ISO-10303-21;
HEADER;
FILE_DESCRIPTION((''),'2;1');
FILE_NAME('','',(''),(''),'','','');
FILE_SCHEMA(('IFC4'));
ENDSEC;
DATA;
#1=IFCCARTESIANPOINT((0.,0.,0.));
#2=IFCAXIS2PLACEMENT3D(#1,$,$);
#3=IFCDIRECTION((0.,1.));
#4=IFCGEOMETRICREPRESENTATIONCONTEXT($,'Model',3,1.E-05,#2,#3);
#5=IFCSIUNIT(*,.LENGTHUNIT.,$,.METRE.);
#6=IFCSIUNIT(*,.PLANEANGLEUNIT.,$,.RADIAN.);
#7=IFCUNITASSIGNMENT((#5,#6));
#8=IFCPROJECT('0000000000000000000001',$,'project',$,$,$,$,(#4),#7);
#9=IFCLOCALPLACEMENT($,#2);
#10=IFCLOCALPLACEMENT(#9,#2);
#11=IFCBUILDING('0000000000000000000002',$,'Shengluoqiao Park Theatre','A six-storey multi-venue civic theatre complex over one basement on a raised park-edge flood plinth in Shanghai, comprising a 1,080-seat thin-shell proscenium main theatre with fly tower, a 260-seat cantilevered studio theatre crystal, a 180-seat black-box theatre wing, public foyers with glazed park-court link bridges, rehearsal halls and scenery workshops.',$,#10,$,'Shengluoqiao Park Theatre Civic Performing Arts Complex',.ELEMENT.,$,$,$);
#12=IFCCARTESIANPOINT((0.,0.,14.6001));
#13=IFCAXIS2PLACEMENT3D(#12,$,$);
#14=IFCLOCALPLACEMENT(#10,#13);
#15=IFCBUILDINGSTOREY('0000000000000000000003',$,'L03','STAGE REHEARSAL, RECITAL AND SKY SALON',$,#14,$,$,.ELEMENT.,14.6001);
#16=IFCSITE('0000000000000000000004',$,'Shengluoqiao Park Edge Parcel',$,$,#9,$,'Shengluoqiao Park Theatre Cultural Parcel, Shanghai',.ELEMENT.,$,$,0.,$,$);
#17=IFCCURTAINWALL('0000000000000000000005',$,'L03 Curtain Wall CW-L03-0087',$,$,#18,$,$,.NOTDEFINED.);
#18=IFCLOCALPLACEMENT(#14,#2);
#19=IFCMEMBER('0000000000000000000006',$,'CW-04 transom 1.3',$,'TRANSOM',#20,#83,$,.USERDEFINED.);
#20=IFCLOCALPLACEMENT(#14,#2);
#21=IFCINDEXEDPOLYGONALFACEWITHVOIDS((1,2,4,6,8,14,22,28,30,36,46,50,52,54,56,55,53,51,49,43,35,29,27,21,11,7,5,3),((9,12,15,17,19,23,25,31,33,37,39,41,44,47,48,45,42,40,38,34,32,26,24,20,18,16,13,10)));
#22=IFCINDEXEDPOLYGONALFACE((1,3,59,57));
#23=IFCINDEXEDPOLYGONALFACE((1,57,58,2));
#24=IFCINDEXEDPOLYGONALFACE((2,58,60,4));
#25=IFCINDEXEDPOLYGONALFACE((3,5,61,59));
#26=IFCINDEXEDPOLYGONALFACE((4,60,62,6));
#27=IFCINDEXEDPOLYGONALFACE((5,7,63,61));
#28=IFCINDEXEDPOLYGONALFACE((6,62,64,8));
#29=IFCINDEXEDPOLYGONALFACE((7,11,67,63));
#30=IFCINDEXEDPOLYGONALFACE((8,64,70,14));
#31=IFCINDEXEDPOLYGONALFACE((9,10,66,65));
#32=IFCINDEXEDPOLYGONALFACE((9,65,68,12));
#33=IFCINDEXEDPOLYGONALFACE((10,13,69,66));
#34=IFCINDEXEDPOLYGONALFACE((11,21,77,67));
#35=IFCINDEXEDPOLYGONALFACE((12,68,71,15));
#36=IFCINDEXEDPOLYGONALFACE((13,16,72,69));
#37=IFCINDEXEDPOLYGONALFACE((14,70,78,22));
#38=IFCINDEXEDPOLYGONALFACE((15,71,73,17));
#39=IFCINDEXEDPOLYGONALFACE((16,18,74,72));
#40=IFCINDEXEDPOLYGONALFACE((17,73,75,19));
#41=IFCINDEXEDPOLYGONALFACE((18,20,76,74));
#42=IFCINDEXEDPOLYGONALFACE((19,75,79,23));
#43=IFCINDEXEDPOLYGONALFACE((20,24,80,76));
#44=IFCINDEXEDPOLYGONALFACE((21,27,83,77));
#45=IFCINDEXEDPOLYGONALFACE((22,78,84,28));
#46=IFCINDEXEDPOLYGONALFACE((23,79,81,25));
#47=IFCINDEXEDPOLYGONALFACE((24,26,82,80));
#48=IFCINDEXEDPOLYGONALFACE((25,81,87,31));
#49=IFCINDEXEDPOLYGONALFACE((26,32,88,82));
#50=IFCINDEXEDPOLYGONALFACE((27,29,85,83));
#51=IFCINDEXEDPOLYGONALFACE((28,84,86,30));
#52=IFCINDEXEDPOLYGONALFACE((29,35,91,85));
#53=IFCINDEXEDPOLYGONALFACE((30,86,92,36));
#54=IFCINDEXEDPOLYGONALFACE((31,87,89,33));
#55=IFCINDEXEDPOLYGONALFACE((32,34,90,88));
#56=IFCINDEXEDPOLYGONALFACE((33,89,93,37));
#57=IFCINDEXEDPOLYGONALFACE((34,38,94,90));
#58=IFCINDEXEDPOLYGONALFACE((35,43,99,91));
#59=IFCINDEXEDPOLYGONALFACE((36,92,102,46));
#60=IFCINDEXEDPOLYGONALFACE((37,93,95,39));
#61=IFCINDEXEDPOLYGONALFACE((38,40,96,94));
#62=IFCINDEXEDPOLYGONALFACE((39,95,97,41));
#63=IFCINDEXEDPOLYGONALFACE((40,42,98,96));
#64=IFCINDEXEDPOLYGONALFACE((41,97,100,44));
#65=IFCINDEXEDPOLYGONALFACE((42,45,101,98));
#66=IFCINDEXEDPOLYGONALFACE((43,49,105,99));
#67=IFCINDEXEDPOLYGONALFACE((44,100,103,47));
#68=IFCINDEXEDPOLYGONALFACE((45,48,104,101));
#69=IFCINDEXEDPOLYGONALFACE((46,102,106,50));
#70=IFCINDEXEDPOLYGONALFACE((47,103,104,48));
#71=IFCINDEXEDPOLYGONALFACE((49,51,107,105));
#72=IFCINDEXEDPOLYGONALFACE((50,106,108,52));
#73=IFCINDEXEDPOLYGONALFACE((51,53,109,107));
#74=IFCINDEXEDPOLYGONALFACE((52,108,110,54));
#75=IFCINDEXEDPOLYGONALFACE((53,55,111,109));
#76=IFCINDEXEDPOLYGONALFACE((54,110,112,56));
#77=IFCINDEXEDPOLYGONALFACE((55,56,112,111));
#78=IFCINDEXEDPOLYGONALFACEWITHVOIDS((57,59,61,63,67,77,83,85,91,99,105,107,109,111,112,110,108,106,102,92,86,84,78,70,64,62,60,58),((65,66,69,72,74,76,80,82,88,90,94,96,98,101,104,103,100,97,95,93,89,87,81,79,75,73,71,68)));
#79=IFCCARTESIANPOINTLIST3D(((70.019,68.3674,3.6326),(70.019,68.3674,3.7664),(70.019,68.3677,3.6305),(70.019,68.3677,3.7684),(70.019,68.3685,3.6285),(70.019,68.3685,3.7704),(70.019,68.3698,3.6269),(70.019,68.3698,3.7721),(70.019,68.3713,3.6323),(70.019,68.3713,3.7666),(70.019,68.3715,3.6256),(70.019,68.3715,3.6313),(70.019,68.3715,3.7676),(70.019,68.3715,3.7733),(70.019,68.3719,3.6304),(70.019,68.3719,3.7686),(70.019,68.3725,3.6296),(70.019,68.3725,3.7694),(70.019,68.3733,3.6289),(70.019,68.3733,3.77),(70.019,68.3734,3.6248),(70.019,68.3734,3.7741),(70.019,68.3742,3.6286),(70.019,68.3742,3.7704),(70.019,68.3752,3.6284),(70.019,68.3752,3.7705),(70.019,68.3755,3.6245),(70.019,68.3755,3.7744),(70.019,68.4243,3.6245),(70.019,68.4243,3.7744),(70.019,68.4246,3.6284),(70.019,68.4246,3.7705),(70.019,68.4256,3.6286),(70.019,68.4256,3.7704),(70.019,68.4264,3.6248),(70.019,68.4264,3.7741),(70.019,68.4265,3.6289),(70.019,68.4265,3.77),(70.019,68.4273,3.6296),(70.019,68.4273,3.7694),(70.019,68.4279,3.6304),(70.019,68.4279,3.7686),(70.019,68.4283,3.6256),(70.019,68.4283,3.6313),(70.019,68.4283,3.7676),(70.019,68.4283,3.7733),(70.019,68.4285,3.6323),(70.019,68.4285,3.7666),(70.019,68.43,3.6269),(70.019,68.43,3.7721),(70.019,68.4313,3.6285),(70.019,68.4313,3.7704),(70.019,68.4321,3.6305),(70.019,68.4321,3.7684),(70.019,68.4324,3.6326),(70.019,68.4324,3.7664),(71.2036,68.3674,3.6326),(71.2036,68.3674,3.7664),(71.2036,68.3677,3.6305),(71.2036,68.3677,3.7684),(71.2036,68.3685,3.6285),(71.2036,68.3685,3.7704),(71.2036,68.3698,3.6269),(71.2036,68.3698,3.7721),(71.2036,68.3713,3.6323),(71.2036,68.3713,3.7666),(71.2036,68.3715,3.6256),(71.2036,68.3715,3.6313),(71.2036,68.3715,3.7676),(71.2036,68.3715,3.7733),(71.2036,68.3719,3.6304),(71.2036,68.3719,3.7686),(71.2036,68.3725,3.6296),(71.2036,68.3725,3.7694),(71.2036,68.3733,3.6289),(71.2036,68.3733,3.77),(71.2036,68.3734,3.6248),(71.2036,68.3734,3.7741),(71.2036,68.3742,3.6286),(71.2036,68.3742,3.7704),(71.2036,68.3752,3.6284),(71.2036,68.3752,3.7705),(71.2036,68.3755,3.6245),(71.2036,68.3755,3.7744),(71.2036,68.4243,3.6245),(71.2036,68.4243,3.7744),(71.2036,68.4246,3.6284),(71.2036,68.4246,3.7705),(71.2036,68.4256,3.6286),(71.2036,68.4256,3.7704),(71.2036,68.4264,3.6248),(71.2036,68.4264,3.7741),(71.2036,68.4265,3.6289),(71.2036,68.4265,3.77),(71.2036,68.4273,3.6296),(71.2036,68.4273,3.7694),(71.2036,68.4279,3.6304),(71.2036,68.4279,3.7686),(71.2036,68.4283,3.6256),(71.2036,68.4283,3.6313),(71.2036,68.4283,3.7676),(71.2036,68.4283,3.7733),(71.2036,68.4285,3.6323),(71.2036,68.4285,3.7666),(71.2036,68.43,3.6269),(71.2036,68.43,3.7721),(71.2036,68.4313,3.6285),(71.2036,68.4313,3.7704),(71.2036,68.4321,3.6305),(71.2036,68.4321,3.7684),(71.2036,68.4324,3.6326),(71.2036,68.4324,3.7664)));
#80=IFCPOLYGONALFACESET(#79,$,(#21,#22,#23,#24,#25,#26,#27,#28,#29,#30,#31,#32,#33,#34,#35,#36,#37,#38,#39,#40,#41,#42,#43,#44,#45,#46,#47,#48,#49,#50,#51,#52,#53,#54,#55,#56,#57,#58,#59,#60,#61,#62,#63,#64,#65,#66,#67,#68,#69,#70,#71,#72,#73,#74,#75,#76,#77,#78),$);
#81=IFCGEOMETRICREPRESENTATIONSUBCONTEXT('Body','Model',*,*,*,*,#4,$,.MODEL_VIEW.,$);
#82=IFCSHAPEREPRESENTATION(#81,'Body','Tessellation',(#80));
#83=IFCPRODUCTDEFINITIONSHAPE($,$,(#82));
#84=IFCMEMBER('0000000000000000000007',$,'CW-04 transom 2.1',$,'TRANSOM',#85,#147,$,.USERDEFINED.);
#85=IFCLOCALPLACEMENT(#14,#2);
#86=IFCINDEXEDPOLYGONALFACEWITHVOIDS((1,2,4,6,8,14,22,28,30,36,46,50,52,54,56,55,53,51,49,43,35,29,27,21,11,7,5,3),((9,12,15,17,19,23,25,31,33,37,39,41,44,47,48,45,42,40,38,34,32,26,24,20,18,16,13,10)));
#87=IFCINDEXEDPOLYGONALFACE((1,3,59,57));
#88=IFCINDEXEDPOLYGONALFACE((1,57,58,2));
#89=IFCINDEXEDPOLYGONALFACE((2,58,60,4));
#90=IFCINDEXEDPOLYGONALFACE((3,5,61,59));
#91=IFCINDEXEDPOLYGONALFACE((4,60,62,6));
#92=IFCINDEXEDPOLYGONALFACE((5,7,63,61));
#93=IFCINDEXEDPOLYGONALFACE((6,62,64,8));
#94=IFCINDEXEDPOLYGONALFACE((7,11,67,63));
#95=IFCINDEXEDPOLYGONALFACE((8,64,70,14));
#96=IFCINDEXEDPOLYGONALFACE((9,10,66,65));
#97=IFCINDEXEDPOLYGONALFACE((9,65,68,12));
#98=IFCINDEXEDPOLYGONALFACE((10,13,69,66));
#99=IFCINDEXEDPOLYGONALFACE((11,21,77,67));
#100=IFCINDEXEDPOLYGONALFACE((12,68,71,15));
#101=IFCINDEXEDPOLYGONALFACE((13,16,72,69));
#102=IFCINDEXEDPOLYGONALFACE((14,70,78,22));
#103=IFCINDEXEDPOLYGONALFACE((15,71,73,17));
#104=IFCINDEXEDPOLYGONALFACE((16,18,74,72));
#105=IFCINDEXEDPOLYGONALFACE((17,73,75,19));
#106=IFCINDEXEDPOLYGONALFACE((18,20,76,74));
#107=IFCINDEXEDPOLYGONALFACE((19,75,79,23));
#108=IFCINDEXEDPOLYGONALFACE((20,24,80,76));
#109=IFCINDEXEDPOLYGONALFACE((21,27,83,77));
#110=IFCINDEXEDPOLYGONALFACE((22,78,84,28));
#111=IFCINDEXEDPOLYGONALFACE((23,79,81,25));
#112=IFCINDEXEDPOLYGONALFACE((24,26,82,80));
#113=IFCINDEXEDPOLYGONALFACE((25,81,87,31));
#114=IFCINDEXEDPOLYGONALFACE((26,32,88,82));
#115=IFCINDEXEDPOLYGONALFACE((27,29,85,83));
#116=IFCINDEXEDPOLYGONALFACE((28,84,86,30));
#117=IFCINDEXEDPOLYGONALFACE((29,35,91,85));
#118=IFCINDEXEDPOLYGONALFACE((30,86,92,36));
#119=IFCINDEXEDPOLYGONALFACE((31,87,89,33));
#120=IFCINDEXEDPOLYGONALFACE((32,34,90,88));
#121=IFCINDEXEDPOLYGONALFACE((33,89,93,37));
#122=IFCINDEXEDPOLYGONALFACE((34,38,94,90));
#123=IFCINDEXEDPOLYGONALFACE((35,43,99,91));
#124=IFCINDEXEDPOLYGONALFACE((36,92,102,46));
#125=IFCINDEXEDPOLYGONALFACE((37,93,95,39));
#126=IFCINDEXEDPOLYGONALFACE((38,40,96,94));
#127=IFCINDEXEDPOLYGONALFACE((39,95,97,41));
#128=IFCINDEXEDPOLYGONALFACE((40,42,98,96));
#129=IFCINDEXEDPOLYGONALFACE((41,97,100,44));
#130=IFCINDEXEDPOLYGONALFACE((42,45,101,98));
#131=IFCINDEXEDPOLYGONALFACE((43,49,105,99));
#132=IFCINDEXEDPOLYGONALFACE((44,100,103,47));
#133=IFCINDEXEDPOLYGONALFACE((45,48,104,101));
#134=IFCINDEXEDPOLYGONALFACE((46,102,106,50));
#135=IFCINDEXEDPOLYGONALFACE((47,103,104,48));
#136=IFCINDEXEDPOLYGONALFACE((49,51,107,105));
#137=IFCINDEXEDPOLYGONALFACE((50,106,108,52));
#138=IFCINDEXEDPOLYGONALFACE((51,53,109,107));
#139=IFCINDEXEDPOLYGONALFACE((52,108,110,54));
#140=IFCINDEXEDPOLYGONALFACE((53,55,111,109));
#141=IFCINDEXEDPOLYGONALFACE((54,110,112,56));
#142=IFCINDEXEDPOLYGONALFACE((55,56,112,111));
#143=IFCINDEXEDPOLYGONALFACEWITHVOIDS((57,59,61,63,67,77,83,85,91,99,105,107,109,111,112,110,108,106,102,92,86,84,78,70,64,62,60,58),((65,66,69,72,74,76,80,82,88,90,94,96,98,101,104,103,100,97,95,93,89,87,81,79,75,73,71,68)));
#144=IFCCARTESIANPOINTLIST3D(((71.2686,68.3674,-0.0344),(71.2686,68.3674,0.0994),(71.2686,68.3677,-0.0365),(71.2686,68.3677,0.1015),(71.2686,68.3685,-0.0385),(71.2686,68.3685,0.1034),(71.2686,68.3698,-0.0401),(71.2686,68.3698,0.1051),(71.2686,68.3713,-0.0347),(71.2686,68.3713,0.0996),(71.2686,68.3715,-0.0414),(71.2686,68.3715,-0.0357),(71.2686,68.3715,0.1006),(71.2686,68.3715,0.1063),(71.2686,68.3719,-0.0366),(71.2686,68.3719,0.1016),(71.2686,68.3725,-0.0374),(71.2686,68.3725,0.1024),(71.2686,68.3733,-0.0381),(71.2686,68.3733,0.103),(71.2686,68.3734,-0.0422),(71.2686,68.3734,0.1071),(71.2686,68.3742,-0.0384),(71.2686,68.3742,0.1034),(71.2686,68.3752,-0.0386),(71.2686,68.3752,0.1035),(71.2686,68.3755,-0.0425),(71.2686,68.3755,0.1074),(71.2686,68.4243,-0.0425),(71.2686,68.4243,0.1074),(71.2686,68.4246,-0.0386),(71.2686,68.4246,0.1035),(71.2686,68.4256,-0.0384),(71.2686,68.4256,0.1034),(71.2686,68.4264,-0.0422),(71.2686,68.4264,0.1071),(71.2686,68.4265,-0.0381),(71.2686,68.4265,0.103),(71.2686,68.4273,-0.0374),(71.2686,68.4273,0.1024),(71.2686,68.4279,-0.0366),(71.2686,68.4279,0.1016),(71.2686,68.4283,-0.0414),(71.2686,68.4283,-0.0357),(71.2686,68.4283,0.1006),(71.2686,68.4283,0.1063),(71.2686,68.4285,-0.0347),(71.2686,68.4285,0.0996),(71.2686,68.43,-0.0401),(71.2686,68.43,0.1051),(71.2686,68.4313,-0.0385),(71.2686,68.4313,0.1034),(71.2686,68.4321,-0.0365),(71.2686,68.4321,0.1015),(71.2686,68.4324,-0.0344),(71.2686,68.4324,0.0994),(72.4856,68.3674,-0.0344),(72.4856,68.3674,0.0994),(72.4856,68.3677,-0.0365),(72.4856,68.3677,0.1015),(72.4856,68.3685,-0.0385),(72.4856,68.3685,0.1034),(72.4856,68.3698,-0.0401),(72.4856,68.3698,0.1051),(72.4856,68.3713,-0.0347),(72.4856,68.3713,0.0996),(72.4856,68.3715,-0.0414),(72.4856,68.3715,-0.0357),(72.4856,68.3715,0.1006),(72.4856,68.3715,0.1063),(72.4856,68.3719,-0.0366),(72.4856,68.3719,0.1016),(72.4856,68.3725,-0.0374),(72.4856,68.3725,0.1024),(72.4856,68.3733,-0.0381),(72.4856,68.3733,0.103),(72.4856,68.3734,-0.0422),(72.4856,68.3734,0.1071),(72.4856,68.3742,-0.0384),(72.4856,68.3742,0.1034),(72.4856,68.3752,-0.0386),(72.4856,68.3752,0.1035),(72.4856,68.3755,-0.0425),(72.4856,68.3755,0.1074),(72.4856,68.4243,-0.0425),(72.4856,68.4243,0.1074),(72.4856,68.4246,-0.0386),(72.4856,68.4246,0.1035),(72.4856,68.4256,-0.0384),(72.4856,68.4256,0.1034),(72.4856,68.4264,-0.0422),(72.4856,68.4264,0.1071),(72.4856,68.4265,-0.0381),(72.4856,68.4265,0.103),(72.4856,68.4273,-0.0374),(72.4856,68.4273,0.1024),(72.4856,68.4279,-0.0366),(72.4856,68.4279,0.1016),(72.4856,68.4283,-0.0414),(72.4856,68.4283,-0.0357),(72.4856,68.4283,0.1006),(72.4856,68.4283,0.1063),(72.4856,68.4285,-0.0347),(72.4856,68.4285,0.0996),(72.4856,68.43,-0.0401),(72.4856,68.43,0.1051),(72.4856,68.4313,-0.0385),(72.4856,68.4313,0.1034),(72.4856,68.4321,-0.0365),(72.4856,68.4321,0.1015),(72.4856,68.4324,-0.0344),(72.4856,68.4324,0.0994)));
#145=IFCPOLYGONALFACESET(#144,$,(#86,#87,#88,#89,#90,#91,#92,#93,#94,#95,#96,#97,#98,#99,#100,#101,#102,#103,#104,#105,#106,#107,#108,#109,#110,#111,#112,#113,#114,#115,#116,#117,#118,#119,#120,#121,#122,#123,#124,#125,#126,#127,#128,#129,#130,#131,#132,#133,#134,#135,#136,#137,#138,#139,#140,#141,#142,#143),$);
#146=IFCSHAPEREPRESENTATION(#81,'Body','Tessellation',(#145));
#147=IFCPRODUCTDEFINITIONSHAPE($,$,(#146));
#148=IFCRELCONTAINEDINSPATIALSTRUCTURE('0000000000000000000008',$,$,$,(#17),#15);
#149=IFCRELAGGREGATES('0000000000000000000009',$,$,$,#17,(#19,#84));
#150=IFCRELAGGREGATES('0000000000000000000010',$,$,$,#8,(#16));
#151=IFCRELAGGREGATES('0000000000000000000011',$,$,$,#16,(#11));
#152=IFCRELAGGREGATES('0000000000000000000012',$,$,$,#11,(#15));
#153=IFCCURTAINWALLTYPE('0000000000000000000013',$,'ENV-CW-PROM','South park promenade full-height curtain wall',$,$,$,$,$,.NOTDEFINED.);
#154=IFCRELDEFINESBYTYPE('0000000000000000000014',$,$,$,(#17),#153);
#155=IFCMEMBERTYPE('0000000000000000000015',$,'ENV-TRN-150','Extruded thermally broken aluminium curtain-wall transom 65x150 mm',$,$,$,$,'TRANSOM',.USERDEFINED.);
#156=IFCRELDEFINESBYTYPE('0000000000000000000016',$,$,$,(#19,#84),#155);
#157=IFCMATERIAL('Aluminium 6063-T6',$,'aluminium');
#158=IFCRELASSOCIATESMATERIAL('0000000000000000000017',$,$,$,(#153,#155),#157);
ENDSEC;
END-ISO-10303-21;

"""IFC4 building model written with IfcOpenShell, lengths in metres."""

from ifc_helpers import new_model, si_unit, direction, frame, origin, origin_2d, place, context, subcontext, project, spatial, hollow_rectangle, extrude, material, material_profile, profile_set, type_object, element, aggregate, save


model = new_model("IFC4")

# Units and contexts
model_context = context("Model", 3, precision=1e-05, world=origin(), true_north=direction((0.0, 1.0)))
body_context = subcontext(model_context, "Body", "Model", "MODEL_VIEW")
ifc_project = project(units=[si_unit("LENGTHUNIT", "METRE"), si_unit("PLANEANGLEUNIT", "RADIAN")], contexts=[model_context])

# Site, building, storey
site_placement = place(None, origin())
site = spatial("IfcSite", under=ifc_project, at=site_placement, Name="Shengluoqiao Park Edge Parcel", LongName="Shengluoqiao Park Theatre Cultural Parcel, Shanghai", CompositionType="ELEMENT", RefElevation=0.0)
building_placement = place(site_placement, origin())
building = spatial("IfcBuilding", under=site, at=building_placement, Name="Shengluoqiao Park Theatre", Description="A six-storey multi-venue civic theatre complex over one basement on a raised park-edge flood plinth in Shanghai, comprising a 1,080-seat thin-shell proscenium main theatre with fly tower, a 260-seat cantilevered studio theatre crystal, a 180-seat black-box theatre wing, public foyers with glazed park-court link bridges, rehearsal halls and scenery workshops.", LongName="Shengluoqiao Park Theatre Civic Performing Arts Complex", CompositionType="ELEMENT")
storey_placement = place(building_placement, frame((0.0, 0.0, 14.6001)))
storey = spatial("IfcBuildingStorey", under=building, at=storey_placement, Name="L03", Description="STAGE REHEARSAL, RECITAL AND SKY SALON", CompositionType="ELEMENT", Elevation=14.6001)

# Curtain wall
ifc_material_1 = material(Name="Aluminium 6063-T6", Category="aluminium")
curtain_wall_type = type_object("IfcCurtainWallType", Name="ENV-CW-PROM", Description="South park promenade full-height curtain wall", PredefinedType="NOTDEFINED", material=ifc_material_1)
curtain_wall_1_placement = place(storey_placement, origin())
curtain_wall_1 = element("IfcCurtainWall", 1, at=curtain_wall_1_placement, inside=storey, type_object=curtain_wall_type, Name="L03 Curtain Wall CW-L03-0087", PredefinedType="NOTDEFINED")

# Members
ifc_material_profile_1 = material_profile(ifc_material_1, hollow_rectangle(XDim=0.0649, YDim=0.1499, WallThickness=0.0039, InnerFilletRadius=0.0039, OuterFilletRadius=0.0081, at=origin_2d()), Name="ALU TRANSOM 150x65x4")
ifc_profile_set_1 = profile_set([ifc_material_profile_1], Name="Aluminium 6063-T6")
member_type_1 = type_object("IfcMemberType", Name="ENV-TRN-150", Description="Extruded thermally broken aluminium curtain-wall transom 65x150 mm", ElementType="TRANSOM", PredefinedType="USERDEFINED", material=ifc_profile_set_1)
member_1_placement = place(storey_placement, frame((70.019, 68.3999, 3.6995), z_axis=(1.0, 0.0, 0.0), x_axis=(0.0, 1.0, 0.0)))
member_1 = element("IfcMember", 2, at=member_1_placement, type_object=member_type_1, Name="CW-04 transom 1.3", ObjectType="TRANSOM", PredefinedType="USERDEFINED", context=body_context, shape_type="SweptSolid", body=[
    extrude(hollow_rectangle(XDim=0.0649, YDim=0.1499, WallThickness=0.0039, InnerFilletRadius=0.0039, OuterFilletRadius=0.0081, at=origin_2d()), origin(), (0.0, 0.0, 1.0), 1.1846),
])
member_2_placement = place(storey_placement, frame((71.2686, 68.3999, 0.0325), z_axis=(1.0, 0.0, 0.0), x_axis=(0.0, 1.0, 0.0)))
member_2 = element("IfcMember", 3, at=member_2_placement, type_object=member_type_1, Name="CW-04 transom 2.1", ObjectType="TRANSOM", PredefinedType="USERDEFINED", context=body_context, shape_type="SweptSolid", body=[
    extrude(hollow_rectangle(XDim=0.0649, YDim=0.1499, WallThickness=0.0039, InnerFilletRadius=0.0039, OuterFilletRadius=0.0081, at=origin_2d()), origin(), (0.0, 0.0, 1.0), 1.217),
])

aggregate(curtain_wall_1, [member_1, member_2])

save(model, "model.ifc")
